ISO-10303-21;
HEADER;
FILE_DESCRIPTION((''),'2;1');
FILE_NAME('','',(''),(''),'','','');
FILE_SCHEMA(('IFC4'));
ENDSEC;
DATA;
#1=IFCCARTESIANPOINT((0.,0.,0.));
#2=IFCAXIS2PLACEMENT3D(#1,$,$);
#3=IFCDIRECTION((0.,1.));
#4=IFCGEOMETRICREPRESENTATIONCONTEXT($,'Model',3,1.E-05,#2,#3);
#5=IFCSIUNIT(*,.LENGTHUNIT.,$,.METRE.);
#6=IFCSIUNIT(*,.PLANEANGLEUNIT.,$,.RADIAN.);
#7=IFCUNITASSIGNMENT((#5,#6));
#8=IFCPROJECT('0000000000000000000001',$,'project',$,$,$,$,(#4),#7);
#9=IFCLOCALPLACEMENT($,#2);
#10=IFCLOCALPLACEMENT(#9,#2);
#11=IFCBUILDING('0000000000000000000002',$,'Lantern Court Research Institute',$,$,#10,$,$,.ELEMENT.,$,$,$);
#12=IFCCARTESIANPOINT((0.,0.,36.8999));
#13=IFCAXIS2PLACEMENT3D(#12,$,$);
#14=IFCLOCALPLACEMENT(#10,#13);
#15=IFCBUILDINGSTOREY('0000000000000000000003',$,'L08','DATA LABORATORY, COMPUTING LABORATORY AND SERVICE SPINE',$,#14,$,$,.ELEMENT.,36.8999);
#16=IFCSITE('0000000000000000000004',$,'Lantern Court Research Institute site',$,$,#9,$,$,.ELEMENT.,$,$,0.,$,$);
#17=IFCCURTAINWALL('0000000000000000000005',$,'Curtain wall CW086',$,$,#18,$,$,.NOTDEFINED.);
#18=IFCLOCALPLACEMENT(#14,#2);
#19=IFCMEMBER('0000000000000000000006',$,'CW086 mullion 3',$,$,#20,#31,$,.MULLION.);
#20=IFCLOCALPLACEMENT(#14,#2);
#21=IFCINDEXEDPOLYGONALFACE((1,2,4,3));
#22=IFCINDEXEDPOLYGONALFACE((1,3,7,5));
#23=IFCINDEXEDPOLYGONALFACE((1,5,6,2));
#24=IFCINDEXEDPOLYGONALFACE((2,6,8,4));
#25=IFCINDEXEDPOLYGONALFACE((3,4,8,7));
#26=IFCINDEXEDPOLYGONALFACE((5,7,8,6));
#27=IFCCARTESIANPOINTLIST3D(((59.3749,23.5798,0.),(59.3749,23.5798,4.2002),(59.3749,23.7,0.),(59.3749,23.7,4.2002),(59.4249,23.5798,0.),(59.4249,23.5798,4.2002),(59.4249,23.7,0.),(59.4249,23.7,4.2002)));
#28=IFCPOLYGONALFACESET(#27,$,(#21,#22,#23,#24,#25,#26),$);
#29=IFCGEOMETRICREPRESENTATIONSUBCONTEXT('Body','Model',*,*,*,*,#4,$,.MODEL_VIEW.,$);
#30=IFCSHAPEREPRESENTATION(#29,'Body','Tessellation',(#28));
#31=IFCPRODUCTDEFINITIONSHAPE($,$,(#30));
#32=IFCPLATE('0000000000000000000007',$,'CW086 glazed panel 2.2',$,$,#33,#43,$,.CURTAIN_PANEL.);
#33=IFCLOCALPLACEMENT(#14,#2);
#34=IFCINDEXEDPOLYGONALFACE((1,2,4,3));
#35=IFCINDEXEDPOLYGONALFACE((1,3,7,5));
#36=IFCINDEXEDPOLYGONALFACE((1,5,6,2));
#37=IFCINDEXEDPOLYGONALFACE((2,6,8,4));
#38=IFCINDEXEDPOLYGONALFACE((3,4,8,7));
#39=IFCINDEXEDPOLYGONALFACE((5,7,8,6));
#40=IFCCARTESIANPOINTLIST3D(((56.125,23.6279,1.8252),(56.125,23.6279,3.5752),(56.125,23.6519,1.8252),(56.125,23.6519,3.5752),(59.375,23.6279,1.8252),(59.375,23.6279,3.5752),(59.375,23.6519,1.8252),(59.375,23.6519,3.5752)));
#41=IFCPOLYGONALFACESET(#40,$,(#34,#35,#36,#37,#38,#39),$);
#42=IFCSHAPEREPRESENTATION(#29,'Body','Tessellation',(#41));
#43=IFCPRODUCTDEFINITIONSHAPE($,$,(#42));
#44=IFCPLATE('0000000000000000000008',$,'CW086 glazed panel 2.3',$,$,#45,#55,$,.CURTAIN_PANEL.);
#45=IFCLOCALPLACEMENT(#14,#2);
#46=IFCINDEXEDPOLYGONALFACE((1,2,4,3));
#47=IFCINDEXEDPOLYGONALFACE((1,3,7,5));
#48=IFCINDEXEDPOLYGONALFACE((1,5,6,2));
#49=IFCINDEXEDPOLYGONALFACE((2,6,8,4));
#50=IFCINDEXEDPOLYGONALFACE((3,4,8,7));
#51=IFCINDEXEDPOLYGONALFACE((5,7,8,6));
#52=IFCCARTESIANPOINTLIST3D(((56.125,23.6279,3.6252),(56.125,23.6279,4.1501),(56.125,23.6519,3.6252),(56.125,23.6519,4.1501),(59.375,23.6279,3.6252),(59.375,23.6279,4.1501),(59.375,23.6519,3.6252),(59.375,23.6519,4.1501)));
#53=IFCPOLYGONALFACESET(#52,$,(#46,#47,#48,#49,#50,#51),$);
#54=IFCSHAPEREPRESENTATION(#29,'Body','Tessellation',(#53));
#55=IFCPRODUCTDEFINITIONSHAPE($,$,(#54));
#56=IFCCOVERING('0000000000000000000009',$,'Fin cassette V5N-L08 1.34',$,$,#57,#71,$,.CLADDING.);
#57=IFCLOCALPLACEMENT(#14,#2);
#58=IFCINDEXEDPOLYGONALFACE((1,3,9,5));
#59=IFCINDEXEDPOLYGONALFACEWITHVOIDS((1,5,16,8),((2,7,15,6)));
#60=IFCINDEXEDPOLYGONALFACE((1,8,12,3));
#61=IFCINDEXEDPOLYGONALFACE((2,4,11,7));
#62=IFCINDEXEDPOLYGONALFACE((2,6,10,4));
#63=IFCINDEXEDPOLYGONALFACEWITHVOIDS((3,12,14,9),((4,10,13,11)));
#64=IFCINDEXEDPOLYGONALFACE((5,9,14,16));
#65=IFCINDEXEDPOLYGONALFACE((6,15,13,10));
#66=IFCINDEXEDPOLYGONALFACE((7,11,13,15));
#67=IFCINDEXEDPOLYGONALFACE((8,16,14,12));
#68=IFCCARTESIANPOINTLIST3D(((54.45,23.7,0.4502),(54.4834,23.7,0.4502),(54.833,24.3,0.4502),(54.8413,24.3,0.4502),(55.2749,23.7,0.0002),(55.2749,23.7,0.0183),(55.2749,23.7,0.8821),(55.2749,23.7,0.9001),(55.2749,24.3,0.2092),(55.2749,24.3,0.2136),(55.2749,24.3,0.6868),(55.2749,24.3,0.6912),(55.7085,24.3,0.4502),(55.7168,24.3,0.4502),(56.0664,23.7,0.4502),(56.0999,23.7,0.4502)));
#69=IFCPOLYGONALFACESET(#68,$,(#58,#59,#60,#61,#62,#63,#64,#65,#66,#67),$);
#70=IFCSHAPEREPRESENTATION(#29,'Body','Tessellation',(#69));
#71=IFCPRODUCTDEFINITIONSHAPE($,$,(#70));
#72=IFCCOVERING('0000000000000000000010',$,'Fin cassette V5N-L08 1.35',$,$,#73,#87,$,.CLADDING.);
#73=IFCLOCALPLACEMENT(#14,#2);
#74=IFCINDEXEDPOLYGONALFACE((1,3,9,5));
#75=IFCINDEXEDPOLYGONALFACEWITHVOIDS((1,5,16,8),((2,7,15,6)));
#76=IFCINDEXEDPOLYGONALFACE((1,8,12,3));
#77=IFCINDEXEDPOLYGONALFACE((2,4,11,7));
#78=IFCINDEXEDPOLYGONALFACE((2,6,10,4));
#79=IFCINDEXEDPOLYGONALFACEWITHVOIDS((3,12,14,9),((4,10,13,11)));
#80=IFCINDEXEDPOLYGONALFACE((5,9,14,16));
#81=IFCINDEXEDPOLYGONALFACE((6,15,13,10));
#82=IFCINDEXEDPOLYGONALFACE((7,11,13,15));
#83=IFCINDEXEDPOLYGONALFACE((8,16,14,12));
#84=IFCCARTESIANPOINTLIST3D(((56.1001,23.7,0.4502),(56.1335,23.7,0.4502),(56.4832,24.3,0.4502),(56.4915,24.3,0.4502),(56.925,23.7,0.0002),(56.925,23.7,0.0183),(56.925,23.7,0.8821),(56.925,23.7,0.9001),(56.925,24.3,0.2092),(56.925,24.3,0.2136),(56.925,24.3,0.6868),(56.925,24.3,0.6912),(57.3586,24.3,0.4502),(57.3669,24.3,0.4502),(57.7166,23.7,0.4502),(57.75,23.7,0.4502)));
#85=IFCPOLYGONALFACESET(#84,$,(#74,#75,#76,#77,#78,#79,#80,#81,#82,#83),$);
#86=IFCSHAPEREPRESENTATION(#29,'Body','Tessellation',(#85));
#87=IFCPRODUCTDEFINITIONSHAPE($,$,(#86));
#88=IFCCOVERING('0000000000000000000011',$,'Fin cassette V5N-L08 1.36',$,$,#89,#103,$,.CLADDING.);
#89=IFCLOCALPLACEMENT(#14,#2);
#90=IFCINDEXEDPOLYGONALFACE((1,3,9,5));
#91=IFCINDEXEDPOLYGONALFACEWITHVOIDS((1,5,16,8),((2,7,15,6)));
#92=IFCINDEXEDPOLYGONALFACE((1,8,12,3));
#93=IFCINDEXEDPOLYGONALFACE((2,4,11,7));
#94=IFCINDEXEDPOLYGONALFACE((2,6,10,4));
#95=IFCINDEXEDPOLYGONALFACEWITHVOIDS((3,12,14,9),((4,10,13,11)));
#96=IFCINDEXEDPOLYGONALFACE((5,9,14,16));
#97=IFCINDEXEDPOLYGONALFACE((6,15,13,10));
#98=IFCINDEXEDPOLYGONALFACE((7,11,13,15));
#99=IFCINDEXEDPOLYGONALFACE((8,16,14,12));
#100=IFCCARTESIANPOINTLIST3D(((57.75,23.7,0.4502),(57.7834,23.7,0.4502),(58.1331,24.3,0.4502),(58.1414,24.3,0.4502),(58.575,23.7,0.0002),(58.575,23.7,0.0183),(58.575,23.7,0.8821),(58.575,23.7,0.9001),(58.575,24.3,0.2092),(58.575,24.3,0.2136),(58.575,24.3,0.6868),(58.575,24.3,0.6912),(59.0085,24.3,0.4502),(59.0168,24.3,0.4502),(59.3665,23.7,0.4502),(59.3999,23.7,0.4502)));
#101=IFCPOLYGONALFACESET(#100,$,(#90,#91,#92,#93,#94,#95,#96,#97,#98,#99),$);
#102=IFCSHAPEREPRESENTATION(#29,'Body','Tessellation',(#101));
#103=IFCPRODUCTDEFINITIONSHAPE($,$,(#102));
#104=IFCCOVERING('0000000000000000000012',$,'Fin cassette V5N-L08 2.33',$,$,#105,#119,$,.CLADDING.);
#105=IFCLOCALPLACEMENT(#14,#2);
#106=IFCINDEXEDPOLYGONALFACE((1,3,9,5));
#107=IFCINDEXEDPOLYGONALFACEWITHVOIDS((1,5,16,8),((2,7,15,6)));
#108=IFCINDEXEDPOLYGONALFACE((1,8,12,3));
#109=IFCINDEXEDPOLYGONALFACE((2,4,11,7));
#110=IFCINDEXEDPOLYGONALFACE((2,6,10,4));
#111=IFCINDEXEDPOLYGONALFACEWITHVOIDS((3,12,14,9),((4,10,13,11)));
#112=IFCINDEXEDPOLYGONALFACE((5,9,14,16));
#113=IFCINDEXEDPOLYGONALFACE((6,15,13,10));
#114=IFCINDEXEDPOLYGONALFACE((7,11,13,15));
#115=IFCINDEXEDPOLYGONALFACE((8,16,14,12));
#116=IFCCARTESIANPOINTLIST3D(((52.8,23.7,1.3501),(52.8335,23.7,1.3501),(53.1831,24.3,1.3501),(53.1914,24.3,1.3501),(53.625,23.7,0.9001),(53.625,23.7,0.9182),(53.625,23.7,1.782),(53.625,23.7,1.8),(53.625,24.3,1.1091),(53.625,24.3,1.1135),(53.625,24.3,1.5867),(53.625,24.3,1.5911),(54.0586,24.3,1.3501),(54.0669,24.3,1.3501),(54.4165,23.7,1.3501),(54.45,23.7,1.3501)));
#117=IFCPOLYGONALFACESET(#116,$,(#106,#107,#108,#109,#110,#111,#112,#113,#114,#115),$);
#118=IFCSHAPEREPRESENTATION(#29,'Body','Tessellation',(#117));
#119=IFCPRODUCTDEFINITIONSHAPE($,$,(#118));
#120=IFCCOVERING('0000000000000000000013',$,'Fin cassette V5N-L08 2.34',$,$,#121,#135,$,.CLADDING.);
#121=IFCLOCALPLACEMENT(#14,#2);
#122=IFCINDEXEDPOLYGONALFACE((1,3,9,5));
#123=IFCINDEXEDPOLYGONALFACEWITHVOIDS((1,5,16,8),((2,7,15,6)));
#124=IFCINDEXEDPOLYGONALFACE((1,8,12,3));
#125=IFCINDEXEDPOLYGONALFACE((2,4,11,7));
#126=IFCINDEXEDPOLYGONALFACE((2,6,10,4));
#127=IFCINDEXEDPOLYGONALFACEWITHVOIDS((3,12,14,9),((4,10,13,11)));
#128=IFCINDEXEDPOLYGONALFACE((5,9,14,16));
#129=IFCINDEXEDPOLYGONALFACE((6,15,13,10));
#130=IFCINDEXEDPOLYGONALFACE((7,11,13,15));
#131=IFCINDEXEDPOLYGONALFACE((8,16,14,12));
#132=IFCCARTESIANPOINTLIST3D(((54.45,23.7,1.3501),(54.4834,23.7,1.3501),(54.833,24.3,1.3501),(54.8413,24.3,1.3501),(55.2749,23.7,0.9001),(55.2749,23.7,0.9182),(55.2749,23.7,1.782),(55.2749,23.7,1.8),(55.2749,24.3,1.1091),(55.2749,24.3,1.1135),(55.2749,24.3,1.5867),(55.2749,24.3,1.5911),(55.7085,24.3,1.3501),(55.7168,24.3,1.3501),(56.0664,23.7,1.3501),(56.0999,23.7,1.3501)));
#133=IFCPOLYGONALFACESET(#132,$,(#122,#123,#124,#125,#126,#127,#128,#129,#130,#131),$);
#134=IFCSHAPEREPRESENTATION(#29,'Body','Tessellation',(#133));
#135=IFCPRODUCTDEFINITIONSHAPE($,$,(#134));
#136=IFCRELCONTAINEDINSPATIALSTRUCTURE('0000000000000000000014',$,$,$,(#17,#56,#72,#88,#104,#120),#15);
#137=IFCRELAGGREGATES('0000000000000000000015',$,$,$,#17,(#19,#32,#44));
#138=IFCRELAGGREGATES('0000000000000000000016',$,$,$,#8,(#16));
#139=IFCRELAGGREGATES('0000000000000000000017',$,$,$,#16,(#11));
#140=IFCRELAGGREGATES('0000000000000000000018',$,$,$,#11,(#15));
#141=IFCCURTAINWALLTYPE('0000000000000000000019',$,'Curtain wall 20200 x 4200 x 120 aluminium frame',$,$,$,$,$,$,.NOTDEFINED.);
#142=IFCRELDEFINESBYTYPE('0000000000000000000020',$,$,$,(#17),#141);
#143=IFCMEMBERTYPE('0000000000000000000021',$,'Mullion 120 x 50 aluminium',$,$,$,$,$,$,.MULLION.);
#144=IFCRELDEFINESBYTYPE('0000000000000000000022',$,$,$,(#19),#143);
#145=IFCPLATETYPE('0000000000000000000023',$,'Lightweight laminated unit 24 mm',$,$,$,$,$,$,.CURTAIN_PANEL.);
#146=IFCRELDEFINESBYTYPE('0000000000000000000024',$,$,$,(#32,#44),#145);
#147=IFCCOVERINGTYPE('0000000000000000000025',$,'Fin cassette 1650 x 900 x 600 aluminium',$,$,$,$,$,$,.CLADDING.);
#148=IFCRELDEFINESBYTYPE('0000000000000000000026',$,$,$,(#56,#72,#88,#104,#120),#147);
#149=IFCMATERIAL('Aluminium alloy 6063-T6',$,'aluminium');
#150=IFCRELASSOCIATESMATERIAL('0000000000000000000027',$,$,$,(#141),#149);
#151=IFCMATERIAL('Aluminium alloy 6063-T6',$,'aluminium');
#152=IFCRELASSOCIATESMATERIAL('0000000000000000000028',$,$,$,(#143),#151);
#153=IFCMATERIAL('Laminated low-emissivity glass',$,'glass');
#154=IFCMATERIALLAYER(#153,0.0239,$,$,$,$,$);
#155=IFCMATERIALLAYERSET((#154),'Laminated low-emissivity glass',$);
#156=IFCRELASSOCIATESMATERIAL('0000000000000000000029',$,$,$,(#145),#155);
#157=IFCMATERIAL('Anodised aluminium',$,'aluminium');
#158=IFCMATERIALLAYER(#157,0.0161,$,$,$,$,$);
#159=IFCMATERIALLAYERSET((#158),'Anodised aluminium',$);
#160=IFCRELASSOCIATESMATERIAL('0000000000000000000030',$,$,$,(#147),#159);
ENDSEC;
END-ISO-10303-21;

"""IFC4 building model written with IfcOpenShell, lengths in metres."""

from ifc_helpers import new_model, entity, si_unit, direction, frame, origin, origin_2d, place, context, subcontext, project, spatial, rectangle, extrude, material, layer, layer_set, material_profile, profile_set, type_object, element, aggregate, save


model = new_model("IFC4")

# Units and contexts
model_context = context("Model", 3, precision=1e-05, world=origin(), true_north=direction((0.0, 1.0)))
body_context = subcontext(model_context, "Body", "Model", "MODEL_VIEW")
ifc_project = project(units=[si_unit("LENGTHUNIT", "METRE"), si_unit("PLANEANGLEUNIT", "RADIAN")], contexts=[model_context])

# Site, building, storey
site_placement = place(None, origin())
site = spatial("IfcSite", under=ifc_project, at=site_placement, Name="Lantern Court Research Institute site", CompositionType="ELEMENT", RefElevation=0.0)
building_placement = place(site_placement, origin())
building = spatial("IfcBuilding", under=site, at=building_placement, Name="Lantern Court Research Institute", CompositionType="ELEMENT")
storey_placement = place(building_placement, frame((0.0, 0.0, 36.8999)))
storey = spatial("IfcBuildingStorey", under=building, at=storey_placement, Name="L08", Description="DATA LABORATORY, COMPUTING LABORATORY AND SERVICE SPINE", CompositionType="ELEMENT", Elevation=36.8999)

# Curtain wall, member, plates
ifc_material_1 = material(Name="Aluminium alloy 6063-T6", Category="aluminium")
curtain_wall_type = type_object("IfcCurtainWallType", Name="Curtain wall 20200 x 4200 x 120 aluminium frame", PredefinedType="NOTDEFINED", material=ifc_material_1)
curtain_wall_placement = place(storey_placement, origin())
curtain_wall = element("IfcCurtainWall", 1, at=curtain_wall_placement, inside=storey, type_object=curtain_wall_type, Name="Curtain wall CW086", PredefinedType="NOTDEFINED")
ifc_material_2 = material(Name="Aluminium alloy 6063-T6", Category="aluminium")
ifc_material_profile = material_profile(ifc_material_2, rectangle(XDim=0.1201, YDim=0.05, at=origin_2d()), Name="Mullion 120 x 50")
ifc_profile_set = profile_set([ifc_material_profile], Name="Aluminium alloy 6063-T6")
member_type = type_object("IfcMemberType", Name="Mullion 120 x 50 aluminium", PredefinedType="MULLION", material=ifc_profile_set)
member_placement = place(storey_placement, frame((59.3999, 23.6399, 0.0), z_axis=(0.0, 0.0, 1.0), x_axis=(0.0, 1.0, 0.0)))
member = element("IfcMember", 2, at=member_placement, type_object=member_type, Name="CW086 mullion 3", PredefinedType="MULLION", context=body_context, shape_type="SweptSolid", body=[
    extrude(rectangle(XDim=0.1201, YDim=0.05, at=origin_2d()), origin(), (0.0, 0.0, 1.0), 4.2002),
])
ifc_material_3 = material(Name="Laminated low-emissivity glass", Category="glass")
ifc_layer_1 = layer(ifc_material_3, 0.0239)
ifc_layer_set_1 = layer_set([ifc_layer_1], Name="Laminated low-emissivity glass")
plate_type = type_object("IfcPlateType", Name="Lightweight laminated unit 24 mm", PredefinedType="CURTAIN_PANEL", material=ifc_layer_set_1)
plate_1_placement = place(storey_placement, frame((57.75, 23.6399, 1.8252), z_axis=(0.0, 0.0, 1.0), x_axis=(1.0, 0.0, 0.0)))
plate_1 = element("IfcPlate", 3, at=plate_1_placement, type_object=plate_type, Name="CW086 glazed panel 2.2", PredefinedType="CURTAIN_PANEL", context=body_context, shape_type="SweptSolid", body=[
    extrude(rectangle(XDim=3.25, YDim=0.0239, at=origin_2d()), origin(), (0.0, 0.0, 1.0), 1.75),
])
plate_2_placement = place(storey_placement, frame((57.75, 23.6399, 3.6252), z_axis=(0.0, 0.0, 1.0), x_axis=(1.0, 0.0, 0.0)))
plate_2 = element("IfcPlate", 4, at=plate_2_placement, type_object=plate_type, Name="CW086 glazed panel 2.3", PredefinedType="CURTAIN_PANEL", context=body_context, shape_type="SweptSolid", body=[
    extrude(rectangle(XDim=3.25, YDim=0.0239, at=origin_2d()), origin(), (0.0, 0.0, 1.0), 0.5249),
])
aggregate(curtain_wall, [member, plate_1, plate_2])

# Coverings
ifc_material_4 = material(Name="Anodised aluminium", Category="aluminium")
ifc_layer_2 = layer(ifc_material_4, 0.0161)
ifc_layer_set_2 = layer_set([ifc_layer_2], Name="Anodised aluminium")
covering_type = type_object("IfcCoveringType", Name="Fin cassette 1650 x 900 x 600 aluminium", PredefinedType="CLADDING", material=ifc_layer_set_2)
covering_1_placement = place(storey_placement, frame((55.2749, 23.7, 0.4502), z_axis=(0.0, 1.0, 0.0), x_axis=(-1.0, 0.0, 0.0)))
cartesian_point_1 = entity("IfcCartesianPoint", [0.825, 0.0])
cartesian_point_2 = entity("IfcCartesianPoint", [0.7915, 0.0])
cartesian_point_3 = entity("IfcCartesianPoint", [0.4419, 0.0])
cartesian_point_4 = entity("IfcCartesianPoint", [0.4336, 0.0])
element("IfcCovering", 5, at=covering_1_placement, inside=storey, type_object=covering_type, Name="Fin cassette V5N-L08 1.34", PredefinedType="CLADDING", context=body_context, shape_type="SweptSolid", body=[
    entity("IfcExtrudedAreaSolidTapered", entity("IfcArbitraryProfileDefWithVoids", "AREA", None, entity("IfcPolyline", [cartesian_point_1, entity("IfcCartesianPoint", [0.0, 0.45]), entity("IfcCartesianPoint", [-0.825, 0.0]), entity("IfcCartesianPoint", [0.0, -0.45]), cartesian_point_1]), [entity("IfcPolyline", [cartesian_point_2, entity("IfcCartesianPoint", [0.0, 0.4319]), entity("IfcCartesianPoint", [-0.7915, 0.0]), entity("IfcCartesianPoint", [0.0, -0.4319]), cartesian_point_2])]), entity("IfcAxis2Placement3D", entity("IfcCartesianPoint", [0.0, 0.0, 0.0])), entity("IfcDirection", [0.0, 0.0, 1.0]), 0.6001, entity("IfcArbitraryProfileDefWithVoids", "AREA", None, entity("IfcPolyline", [cartesian_point_3, entity("IfcCartesianPoint", [0.0, 0.241]), entity("IfcCartesianPoint", [-0.4419, 0.0]), entity("IfcCartesianPoint", [0.0, -0.241]), cartesian_point_3]), [entity("IfcPolyline", [cartesian_point_4, entity("IfcCartesianPoint", [0.0, 0.2366]), entity("IfcCartesianPoint", [-0.4336, 0.0]), entity("IfcCartesianPoint", [0.0, -0.2366]), cartesian_point_4])])),
])
covering_2_placement = place(storey_placement, frame((56.925, 23.7, 0.4502), z_axis=(0.0, 1.0, 0.0), x_axis=(-1.0, 0.0, 0.0)))
cartesian_point_5 = entity("IfcCartesianPoint", [0.825, 0.0])
cartesian_point_6 = entity("IfcCartesianPoint", [0.7915, 0.0])
cartesian_point_7 = entity("IfcCartesianPoint", [0.4419, 0.0])
cartesian_point_8 = entity("IfcCartesianPoint", [0.4336, 0.0])
element("IfcCovering", 6, at=covering_2_placement, inside=storey, type_object=covering_type, Name="Fin cassette V5N-L08 1.35", PredefinedType="CLADDING", context=body_context, shape_type="SweptSolid", body=[
    entity("IfcExtrudedAreaSolidTapered", entity("IfcArbitraryProfileDefWithVoids", "AREA", None, entity("IfcPolyline", [cartesian_point_5, entity("IfcCartesianPoint", [0.0, 0.45]), entity("IfcCartesianPoint", [-0.825, 0.0]), entity("IfcCartesianPoint", [0.0, -0.45]), cartesian_point_5]), [entity("IfcPolyline", [cartesian_point_6, entity("IfcCartesianPoint", [0.0, 0.4319]), entity("IfcCartesianPoint", [-0.7915, 0.0]), entity("IfcCartesianPoint", [0.0, -0.4319]), cartesian_point_6])]), entity("IfcAxis2Placement3D", entity("IfcCartesianPoint", [0.0, 0.0, 0.0])), entity("IfcDirection", [0.0, 0.0, 1.0]), 0.6001, entity("IfcArbitraryProfileDefWithVoids", "AREA", None, entity("IfcPolyline", [cartesian_point_7, entity("IfcCartesianPoint", [0.0, 0.241]), entity("IfcCartesianPoint", [-0.4419, 0.0]), entity("IfcCartesianPoint", [0.0, -0.241]), cartesian_point_7]), [entity("IfcPolyline", [cartesian_point_8, entity("IfcCartesianPoint", [0.0, 0.2366]), entity("IfcCartesianPoint", [-0.4336, 0.0]), entity("IfcCartesianPoint", [0.0, -0.2366]), cartesian_point_8])])),
])
covering_3_placement = place(storey_placement, frame((58.575, 23.7, 0.4502), z_axis=(0.0, 1.0, 0.0), x_axis=(-1.0, 0.0, 0.0)))
cartesian_point_9 = entity("IfcCartesianPoint", [0.825, 0.0])
cartesian_point_10 = entity("IfcCartesianPoint", [0.7915, 0.0])
cartesian_point_11 = entity("IfcCartesianPoint", [0.4419, 0.0])
cartesian_point_12 = entity("IfcCartesianPoint", [0.4336, 0.0])
element("IfcCovering", 7, at=covering_3_placement, inside=storey, type_object=covering_type, Name="Fin cassette V5N-L08 1.36", PredefinedType="CLADDING", context=body_context, shape_type="SweptSolid", body=[
    entity("IfcExtrudedAreaSolidTapered", entity("IfcArbitraryProfileDefWithVoids", "AREA", None, entity("IfcPolyline", [cartesian_point_9, entity("IfcCartesianPoint", [0.0, 0.45]), entity("IfcCartesianPoint", [-0.825, 0.0]), entity("IfcCartesianPoint", [0.0, -0.45]), cartesian_point_9]), [entity("IfcPolyline", [cartesian_point_10, entity("IfcCartesianPoint", [0.0, 0.4319]), entity("IfcCartesianPoint", [-0.7915, 0.0]), entity("IfcCartesianPoint", [0.0, -0.4319]), cartesian_point_10])]), entity("IfcAxis2Placement3D", entity("IfcCartesianPoint", [0.0, 0.0, 0.0])), entity("IfcDirection", [0.0, 0.0, 1.0]), 0.6001, entity("IfcArbitraryProfileDefWithVoids", "AREA", None, entity("IfcPolyline", [cartesian_point_11, entity("IfcCartesianPoint", [0.0, 0.241]), entity("IfcCartesianPoint", [-0.4419, 0.0]), entity("IfcCartesianPoint", [0.0, -0.241]), cartesian_point_11]), [entity("IfcPolyline", [cartesian_point_12, entity("IfcCartesianPoint", [0.0, 0.2366]), entity("IfcCartesianPoint", [-0.4336, 0.0]), entity("IfcCartesianPoint", [0.0, -0.2366]), cartesian_point_12])])),
])
covering_4_placement = place(storey_placement, frame((53.625, 23.7, 1.3501), z_axis=(0.0, 1.0, 0.0), x_axis=(-1.0, 0.0, 0.0)))
cartesian_point_13 = entity("IfcCartesianPoint", [0.825, 0.0])
cartesian_point_14 = entity("IfcCartesianPoint", [0.7915, 0.0])
cartesian_point_15 = entity("IfcCartesianPoint", [0.4419, 0.0])
cartesian_point_16 = entity("IfcCartesianPoint", [0.4336, 0.0])
element("IfcCovering", 8, at=covering_4_placement, inside=storey, type_object=covering_type, Name="Fin cassette V5N-L08 2.33", PredefinedType="CLADDING", context=body_context, shape_type="SweptSolid", body=[
    entity("IfcExtrudedAreaSolidTapered", entity("IfcArbitraryProfileDefWithVoids", "AREA", None, entity("IfcPolyline", [cartesian_point_13, entity("IfcCartesianPoint", [0.0, 0.45]), entity("IfcCartesianPoint", [-0.825, 0.0]), entity("IfcCartesianPoint", [0.0, -0.45]), cartesian_point_13]), [entity("IfcPolyline", [cartesian_point_14, entity("IfcCartesianPoint", [0.0, 0.4319]), entity("IfcCartesianPoint", [-0.7915, 0.0]), entity("IfcCartesianPoint", [0.0, -0.4319]), cartesian_point_14])]), entity("IfcAxis2Placement3D", entity("IfcCartesianPoint", [0.0, 0.0, 0.0])), entity("IfcDirection", [0.0, 0.0, 1.0]), 0.6001, entity("IfcArbitraryProfileDefWithVoids", "AREA", None, entity("IfcPolyline", [cartesian_point_15, entity("IfcCartesianPoint", [0.0, 0.241]), entity("IfcCartesianPoint", [-0.4419, 0.0]), entity("IfcCartesianPoint", [0.0, -0.241]), cartesian_point_15]), [entity("IfcPolyline", [cartesian_point_16, entity("IfcCartesianPoint", [0.0, 0.2366]), entity("IfcCartesianPoint", [-0.4336, 0.0]), entity("IfcCartesianPoint", [0.0, -0.2366]), cartesian_point_16])])),
])
covering_5_placement = place(storey_placement, frame((55.2749, 23.7, 1.3501), z_axis=(0.0, 1.0, 0.0), x_axis=(-1.0, 0.0, 0.0)))
cartesian_point_17 = entity("IfcCartesianPoint", [0.825, 0.0])
cartesian_point_18 = entity("IfcCartesianPoint", [0.7915, 0.0])
cartesian_point_19 = entity("IfcCartesianPoint", [0.4419, 0.0])
cartesian_point_20 = entity("IfcCartesianPoint", [0.4336, 0.0])
element("IfcCovering", 9, at=covering_5_placement, inside=storey, type_object=covering_type, Name="Fin cassette V5N-L08 2.34", PredefinedType="CLADDING", context=body_context, shape_type="SweptSolid", body=[
    entity("IfcExtrudedAreaSolidTapered", entity("IfcArbitraryProfileDefWithVoids", "AREA", None, entity("IfcPolyline", [cartesian_point_17, entity("IfcCartesianPoint", [0.0, 0.45]), entity("IfcCartesianPoint", [-0.825, 0.0]), entity("IfcCartesianPoint", [0.0, -0.45]), cartesian_point_17]), [entity("IfcPolyline", [cartesian_point_18, entity("IfcCartesianPoint", [0.0, 0.4319]), entity("IfcCartesianPoint", [-0.7915, 0.0]), entity("IfcCartesianPoint", [0.0, -0.4319]), cartesian_point_18])]), entity("IfcAxis2Placement3D", entity("IfcCartesianPoint", [0.0, 0.0, 0.0])), entity("IfcDirection", [0.0, 0.0, 1.0]), 0.6001, entity("IfcArbitraryProfileDefWithVoids", "AREA", None, entity("IfcPolyline", [cartesian_point_19, entity("IfcCartesianPoint", [0.0, 0.241]), entity("IfcCartesianPoint", [-0.4419, 0.0]), entity("IfcCartesianPoint", [0.0, -0.241]), cartesian_point_19]), [entity("IfcPolyline", [cartesian_point_20, entity("IfcCartesianPoint", [0.0, 0.2366]), entity("IfcCartesianPoint", [-0.4336, 0.0]), entity("IfcCartesianPoint", [0.0, -0.2366]), cartesian_point_20])])),
])

save(model, "model.ifc")
